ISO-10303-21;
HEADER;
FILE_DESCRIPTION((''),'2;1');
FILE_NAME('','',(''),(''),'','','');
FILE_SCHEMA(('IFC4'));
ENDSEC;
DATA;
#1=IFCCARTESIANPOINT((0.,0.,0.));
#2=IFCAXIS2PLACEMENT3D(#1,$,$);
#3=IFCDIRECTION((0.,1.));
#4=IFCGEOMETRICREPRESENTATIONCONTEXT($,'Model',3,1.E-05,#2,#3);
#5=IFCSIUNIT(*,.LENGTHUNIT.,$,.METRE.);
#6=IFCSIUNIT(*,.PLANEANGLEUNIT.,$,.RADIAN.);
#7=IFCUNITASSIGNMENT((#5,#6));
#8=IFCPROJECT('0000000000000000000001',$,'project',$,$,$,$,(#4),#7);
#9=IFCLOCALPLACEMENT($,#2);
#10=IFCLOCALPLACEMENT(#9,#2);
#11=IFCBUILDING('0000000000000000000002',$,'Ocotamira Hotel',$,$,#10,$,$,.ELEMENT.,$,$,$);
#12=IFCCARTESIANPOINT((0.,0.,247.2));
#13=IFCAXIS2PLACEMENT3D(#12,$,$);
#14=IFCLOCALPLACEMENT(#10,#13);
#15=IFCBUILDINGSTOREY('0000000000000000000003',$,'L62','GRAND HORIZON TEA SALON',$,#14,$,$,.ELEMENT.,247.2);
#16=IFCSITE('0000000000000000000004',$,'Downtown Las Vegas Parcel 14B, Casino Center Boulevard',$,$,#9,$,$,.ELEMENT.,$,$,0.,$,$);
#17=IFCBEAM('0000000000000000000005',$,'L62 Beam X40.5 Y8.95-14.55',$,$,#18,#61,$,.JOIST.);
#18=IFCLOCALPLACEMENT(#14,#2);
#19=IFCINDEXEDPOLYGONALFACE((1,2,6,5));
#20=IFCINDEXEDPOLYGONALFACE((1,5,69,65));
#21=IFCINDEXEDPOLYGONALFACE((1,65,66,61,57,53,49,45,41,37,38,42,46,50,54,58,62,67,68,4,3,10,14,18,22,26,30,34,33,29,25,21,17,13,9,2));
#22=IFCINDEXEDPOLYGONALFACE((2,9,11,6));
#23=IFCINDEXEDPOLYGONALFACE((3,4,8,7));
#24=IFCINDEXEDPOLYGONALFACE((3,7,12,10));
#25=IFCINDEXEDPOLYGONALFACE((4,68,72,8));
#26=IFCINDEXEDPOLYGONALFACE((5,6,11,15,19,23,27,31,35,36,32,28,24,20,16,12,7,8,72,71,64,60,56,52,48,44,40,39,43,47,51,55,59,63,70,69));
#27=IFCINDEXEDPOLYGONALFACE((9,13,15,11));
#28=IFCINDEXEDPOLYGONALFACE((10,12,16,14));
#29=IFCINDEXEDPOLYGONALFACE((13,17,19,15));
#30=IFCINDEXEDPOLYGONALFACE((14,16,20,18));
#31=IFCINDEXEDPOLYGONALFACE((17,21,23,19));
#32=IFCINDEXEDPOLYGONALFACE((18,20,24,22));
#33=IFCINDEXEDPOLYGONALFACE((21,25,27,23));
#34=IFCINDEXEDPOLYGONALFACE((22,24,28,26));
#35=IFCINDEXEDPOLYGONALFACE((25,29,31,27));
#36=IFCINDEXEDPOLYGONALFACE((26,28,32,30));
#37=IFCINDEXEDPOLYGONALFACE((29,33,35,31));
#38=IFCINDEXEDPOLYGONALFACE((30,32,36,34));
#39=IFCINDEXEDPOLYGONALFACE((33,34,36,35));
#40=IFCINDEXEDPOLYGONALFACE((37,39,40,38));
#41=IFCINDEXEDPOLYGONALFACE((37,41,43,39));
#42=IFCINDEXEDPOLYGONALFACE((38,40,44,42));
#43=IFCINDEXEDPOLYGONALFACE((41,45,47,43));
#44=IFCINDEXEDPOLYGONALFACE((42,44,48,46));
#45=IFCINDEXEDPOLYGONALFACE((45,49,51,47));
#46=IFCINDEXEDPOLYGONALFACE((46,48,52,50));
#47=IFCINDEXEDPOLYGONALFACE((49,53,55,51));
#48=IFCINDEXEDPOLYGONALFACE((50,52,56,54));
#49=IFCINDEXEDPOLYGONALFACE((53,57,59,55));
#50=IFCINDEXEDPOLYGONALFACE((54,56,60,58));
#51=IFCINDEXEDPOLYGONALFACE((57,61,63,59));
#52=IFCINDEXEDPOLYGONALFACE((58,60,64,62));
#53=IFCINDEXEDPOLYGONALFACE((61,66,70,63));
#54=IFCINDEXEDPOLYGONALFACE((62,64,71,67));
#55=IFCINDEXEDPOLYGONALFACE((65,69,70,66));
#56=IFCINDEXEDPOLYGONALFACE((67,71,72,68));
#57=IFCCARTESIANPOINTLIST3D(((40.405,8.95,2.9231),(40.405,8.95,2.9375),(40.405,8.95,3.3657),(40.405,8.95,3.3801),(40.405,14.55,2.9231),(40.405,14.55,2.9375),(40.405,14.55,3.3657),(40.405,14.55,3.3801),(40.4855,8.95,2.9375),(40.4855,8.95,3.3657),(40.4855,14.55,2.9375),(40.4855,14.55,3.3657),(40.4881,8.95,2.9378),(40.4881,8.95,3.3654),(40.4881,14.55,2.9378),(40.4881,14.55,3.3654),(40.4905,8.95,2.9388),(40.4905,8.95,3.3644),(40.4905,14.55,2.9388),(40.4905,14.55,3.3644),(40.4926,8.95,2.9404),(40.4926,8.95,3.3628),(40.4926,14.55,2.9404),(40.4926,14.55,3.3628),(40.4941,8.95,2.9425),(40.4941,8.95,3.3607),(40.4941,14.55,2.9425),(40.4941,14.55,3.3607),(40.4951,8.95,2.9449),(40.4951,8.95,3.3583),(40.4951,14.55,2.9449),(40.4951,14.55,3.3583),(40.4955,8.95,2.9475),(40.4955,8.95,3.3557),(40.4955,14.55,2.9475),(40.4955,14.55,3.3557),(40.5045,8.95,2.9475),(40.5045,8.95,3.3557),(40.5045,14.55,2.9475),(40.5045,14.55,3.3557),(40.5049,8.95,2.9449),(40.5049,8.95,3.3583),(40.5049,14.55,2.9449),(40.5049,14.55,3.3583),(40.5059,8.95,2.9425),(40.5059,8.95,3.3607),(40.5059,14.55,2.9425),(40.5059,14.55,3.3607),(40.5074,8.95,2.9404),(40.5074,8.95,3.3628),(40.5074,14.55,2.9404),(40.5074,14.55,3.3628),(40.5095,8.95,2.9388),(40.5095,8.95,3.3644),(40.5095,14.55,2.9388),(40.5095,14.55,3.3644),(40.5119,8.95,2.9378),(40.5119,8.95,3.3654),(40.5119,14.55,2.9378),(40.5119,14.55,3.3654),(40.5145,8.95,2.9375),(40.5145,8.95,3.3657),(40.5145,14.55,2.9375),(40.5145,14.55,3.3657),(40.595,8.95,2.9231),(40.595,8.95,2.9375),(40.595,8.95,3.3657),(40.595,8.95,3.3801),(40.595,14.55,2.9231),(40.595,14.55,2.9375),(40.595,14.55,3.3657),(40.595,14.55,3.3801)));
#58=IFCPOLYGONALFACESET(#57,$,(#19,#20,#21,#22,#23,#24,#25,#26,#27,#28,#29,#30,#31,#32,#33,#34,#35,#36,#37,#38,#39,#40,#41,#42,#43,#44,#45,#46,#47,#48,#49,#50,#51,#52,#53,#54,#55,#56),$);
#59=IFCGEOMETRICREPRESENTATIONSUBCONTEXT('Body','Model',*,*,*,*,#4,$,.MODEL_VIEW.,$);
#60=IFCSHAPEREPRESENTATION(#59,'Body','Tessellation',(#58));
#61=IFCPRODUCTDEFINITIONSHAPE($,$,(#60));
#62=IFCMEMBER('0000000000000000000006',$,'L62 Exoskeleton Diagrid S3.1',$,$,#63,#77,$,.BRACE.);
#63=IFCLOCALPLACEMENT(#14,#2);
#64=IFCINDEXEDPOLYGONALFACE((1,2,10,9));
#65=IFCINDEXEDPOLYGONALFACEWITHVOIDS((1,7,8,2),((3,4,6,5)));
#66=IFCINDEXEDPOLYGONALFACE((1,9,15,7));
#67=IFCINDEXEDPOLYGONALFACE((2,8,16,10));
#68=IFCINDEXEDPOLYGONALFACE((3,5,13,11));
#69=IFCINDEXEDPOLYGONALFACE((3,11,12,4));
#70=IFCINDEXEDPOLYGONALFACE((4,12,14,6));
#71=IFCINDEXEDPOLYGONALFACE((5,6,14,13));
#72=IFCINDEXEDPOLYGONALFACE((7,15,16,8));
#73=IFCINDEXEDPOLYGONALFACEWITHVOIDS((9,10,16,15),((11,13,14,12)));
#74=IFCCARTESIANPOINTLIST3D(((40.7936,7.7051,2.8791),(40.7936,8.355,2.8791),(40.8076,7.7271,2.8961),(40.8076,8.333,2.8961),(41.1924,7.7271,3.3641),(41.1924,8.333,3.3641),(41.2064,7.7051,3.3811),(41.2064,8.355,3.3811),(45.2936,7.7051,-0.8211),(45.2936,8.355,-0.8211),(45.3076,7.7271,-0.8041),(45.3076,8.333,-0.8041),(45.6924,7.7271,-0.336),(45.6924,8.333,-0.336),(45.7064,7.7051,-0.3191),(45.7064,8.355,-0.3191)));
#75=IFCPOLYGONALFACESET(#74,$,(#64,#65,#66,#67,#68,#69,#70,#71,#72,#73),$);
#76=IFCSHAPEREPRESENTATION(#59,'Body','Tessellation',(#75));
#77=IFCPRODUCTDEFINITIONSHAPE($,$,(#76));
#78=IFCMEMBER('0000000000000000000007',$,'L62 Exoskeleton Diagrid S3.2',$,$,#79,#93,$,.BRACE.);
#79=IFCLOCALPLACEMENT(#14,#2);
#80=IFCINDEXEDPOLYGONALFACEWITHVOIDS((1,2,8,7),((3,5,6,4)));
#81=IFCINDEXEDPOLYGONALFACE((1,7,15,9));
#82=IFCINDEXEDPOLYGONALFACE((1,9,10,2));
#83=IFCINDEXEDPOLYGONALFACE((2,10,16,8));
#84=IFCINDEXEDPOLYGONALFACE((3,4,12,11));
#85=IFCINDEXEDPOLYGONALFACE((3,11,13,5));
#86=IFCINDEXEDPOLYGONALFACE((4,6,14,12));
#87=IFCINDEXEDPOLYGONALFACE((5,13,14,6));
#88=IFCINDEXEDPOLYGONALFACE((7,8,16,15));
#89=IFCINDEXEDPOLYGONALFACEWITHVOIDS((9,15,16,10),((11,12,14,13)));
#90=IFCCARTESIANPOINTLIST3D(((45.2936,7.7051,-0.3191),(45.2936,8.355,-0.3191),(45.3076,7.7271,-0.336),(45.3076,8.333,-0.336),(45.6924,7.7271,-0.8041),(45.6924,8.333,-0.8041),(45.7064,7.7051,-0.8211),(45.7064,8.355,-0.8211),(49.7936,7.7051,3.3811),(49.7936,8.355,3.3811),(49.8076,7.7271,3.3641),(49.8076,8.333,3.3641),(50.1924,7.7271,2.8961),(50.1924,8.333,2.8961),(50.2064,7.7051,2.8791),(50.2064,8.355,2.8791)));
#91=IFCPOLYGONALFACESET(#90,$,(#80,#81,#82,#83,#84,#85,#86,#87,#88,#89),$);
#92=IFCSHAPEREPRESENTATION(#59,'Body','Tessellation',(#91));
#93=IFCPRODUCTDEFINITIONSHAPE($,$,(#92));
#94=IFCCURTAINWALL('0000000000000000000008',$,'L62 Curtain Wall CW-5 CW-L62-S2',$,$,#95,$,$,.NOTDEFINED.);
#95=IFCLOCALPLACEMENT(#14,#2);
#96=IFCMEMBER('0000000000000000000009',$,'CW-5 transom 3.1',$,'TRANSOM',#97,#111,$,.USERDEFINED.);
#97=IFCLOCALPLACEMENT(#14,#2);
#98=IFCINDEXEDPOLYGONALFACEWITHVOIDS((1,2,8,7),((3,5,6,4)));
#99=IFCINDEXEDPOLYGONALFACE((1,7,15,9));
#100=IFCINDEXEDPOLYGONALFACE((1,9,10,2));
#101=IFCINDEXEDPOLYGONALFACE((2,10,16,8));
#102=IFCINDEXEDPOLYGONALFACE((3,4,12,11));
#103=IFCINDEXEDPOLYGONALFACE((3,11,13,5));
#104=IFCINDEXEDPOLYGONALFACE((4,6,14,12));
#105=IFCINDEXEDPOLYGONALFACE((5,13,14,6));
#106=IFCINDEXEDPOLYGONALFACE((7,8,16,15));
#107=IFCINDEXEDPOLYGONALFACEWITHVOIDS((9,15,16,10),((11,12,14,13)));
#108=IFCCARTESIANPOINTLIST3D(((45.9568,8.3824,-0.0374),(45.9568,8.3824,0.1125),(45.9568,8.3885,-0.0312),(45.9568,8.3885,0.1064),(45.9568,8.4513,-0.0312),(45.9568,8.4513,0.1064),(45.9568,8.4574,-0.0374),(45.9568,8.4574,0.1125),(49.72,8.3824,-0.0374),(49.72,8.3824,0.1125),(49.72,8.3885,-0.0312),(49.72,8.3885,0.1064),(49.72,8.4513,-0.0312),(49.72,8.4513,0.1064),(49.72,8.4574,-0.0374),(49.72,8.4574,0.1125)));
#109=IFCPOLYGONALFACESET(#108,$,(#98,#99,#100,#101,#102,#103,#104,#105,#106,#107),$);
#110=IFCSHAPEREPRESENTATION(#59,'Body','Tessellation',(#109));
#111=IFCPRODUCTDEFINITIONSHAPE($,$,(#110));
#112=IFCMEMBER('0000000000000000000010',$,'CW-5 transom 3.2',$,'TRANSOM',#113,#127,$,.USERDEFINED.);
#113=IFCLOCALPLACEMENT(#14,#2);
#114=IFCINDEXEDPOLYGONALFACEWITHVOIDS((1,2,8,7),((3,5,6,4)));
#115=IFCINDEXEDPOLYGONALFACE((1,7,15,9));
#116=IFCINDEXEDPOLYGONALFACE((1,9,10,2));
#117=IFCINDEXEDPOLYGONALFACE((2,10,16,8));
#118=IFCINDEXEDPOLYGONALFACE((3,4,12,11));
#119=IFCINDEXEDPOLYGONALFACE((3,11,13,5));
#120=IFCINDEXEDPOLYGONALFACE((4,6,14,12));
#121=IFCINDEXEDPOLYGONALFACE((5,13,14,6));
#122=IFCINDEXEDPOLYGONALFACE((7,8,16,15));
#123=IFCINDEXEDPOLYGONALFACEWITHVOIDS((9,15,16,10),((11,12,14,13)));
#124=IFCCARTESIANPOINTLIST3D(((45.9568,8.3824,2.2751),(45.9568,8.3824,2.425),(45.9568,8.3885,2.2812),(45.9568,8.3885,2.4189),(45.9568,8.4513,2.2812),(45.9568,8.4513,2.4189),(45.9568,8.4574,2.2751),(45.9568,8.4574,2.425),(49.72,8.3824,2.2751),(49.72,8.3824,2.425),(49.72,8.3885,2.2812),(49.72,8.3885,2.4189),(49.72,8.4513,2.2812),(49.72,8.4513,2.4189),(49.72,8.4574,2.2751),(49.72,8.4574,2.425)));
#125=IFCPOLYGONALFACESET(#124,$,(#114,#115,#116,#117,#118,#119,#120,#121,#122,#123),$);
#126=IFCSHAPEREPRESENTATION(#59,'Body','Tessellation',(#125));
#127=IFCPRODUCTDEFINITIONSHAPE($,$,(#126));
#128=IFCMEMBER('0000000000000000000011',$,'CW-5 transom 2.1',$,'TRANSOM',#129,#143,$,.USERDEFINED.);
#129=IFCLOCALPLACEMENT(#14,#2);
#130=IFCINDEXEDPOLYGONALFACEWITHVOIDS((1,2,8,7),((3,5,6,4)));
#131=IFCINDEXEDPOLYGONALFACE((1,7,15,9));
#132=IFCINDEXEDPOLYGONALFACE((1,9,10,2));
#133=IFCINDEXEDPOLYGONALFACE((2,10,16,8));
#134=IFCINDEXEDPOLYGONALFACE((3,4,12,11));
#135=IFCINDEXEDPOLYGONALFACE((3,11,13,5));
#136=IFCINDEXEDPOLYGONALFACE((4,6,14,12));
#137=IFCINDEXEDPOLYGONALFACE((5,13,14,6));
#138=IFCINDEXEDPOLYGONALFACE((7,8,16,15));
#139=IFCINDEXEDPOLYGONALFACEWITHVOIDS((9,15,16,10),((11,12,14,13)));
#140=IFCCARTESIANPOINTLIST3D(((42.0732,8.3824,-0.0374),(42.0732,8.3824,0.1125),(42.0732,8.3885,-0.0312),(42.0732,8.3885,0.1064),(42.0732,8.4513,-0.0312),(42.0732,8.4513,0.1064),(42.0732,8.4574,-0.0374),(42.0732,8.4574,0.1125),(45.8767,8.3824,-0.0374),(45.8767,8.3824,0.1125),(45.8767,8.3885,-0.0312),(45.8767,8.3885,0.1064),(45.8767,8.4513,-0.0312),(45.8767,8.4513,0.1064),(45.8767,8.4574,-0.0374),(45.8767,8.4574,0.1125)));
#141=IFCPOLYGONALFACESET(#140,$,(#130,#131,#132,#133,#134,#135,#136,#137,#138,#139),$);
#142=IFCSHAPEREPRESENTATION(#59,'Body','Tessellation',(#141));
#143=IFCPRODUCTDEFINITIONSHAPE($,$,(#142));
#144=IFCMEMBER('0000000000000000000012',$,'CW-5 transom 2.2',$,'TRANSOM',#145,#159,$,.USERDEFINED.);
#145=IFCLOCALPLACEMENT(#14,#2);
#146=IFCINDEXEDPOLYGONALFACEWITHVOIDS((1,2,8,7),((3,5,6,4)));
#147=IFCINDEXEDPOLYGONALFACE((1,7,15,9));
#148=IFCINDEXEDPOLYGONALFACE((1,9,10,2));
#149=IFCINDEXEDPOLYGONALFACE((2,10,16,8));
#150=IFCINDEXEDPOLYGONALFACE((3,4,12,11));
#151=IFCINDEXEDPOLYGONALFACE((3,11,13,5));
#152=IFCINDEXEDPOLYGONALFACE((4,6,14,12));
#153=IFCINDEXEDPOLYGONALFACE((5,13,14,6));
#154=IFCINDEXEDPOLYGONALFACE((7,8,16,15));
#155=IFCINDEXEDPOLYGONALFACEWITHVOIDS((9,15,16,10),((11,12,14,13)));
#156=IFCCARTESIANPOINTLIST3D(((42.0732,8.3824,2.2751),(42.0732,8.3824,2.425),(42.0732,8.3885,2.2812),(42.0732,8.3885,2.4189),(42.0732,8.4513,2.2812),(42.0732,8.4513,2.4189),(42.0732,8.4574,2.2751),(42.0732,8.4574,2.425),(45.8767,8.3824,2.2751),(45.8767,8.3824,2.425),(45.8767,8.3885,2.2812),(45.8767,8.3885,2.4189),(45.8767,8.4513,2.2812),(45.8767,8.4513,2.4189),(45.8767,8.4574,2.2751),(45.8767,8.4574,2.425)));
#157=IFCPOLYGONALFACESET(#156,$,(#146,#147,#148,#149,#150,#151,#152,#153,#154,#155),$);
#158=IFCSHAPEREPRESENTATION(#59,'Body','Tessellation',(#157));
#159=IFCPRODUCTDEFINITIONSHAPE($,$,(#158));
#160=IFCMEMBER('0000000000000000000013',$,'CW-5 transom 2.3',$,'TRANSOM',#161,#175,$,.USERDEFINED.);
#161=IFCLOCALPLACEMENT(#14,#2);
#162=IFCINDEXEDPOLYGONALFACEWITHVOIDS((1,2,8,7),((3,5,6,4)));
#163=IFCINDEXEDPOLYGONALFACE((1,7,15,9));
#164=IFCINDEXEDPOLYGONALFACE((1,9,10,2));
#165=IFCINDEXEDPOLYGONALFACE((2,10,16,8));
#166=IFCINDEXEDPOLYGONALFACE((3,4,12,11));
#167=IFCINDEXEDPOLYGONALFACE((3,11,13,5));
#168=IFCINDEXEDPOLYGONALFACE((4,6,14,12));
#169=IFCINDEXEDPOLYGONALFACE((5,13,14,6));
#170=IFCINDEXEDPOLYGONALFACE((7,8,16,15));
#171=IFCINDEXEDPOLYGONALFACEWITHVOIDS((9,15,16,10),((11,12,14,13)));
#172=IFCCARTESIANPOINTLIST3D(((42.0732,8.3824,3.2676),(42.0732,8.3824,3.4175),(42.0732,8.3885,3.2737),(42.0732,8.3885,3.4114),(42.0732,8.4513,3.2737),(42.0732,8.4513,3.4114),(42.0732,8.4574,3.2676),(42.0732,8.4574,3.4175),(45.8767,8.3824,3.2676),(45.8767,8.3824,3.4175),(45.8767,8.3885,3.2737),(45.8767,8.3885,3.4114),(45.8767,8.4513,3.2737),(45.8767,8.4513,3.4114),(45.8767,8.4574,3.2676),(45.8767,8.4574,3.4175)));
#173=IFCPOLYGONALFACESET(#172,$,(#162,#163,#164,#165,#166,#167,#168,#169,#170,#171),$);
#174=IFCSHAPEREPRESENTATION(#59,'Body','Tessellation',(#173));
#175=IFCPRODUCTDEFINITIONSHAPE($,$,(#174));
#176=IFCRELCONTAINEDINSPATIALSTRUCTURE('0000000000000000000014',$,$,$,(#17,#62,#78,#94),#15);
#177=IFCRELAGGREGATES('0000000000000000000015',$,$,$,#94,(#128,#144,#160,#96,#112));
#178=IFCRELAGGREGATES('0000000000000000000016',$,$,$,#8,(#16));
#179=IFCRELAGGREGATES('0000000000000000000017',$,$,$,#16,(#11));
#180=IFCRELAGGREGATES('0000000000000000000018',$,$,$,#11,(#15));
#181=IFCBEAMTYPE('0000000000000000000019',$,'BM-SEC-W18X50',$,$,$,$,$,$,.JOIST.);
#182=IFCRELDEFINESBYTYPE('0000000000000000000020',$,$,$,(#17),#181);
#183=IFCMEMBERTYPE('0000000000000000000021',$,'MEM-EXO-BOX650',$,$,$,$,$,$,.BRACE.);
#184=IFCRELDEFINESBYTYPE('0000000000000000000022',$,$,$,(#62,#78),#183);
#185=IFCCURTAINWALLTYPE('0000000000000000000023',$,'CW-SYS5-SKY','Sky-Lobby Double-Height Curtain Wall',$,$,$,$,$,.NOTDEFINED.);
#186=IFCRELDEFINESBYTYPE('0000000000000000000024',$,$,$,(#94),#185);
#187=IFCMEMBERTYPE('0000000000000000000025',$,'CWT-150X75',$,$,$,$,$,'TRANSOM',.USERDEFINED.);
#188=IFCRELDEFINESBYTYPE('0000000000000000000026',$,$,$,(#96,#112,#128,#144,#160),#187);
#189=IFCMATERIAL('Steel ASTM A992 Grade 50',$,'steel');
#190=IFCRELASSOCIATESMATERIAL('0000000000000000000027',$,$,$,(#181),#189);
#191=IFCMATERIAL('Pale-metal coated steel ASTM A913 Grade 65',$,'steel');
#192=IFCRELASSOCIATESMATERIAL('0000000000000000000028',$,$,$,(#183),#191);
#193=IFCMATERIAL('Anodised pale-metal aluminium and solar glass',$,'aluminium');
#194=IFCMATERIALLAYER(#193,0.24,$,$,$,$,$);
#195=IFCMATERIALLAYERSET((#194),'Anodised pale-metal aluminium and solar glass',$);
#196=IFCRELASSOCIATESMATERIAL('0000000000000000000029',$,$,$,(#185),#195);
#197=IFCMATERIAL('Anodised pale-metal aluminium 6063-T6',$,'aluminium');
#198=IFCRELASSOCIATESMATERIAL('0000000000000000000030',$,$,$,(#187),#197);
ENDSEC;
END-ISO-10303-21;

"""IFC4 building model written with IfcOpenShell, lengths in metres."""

from ifc_helpers import new_model, si_unit, direction, frame, origin, origin_2d, place, context, subcontext, project, spatial, hollow_rectangle, i_section, extrude, source, transform, mapped, material, layer, layer_set, material_profile, profile_set, type_object, element, aggregate, save


model = new_model("IFC4")

# Units and contexts
model_context = context("Model", 3, precision=1e-05, world=origin(), true_north=direction((0.0, 1.0)))
body_context = subcontext(model_context, "Body", "Model", "MODEL_VIEW")
ifc_project = project(units=[si_unit("LENGTHUNIT", "METRE"), si_unit("PLANEANGLEUNIT", "RADIAN")], contexts=[model_context])

# Site, building, storey
site_placement = place(None, origin())
site = spatial("IfcSite", under=ifc_project, at=site_placement, Name="Downtown Las Vegas Parcel 14B, Casino Center Boulevard", CompositionType="ELEMENT", RefElevation=0.0)
building_placement = place(site_placement, origin())
building = spatial("IfcBuilding", under=site, at=building_placement, Name="Ocotamira Hotel", CompositionType="ELEMENT")
storey_placement = place(building_placement, frame((0.0, 0.0, 247.2)))
storey = spatial("IfcBuildingStorey", under=building, at=storey_placement, Name="L62", Description="GRAND HORIZON TEA SALON", CompositionType="ELEMENT", Elevation=247.2)

# Shared definitions
ifc_material_1 = material(Name="Steel ASTM A992 Grade 50", Category="steel")

# Beam
ifc_material_profile_1 = material_profile(ifc_material_1, i_section(OverallWidth=0.1899, OverallDepth=0.457, WebThickness=0.009, FlangeThickness=0.0144, FilletRadius=0.01, at=origin_2d()), Name="W18X50")
ifc_profile_set_1 = profile_set([ifc_material_profile_1], Name="Steel ASTM A992 Grade 50")
beam_type_1 = type_object("IfcBeamType", Name="BM-SEC-W18X50", PredefinedType="JOIST", material=ifc_profile_set_1)
shared_shape_1 = source(origin(), body_context, "Body", "SweptSolid", [
    extrude(i_section(OverallWidth=0.1899, OverallDepth=0.457, WebThickness=0.009, FlangeThickness=0.0144, FilletRadius=0.01, at=origin_2d()), origin(), (0.0, 0.0, 1.0), 5.6001),
])
beam_1_placement = place(storey_placement, frame((40.5, 8.95, 3.1516), z_axis=(0.0, 1.0, 0.0), x_axis=(-1.0, 0.0, 0.0)))
element("IfcBeam", 1, at=beam_1_placement, inside=storey, type_object=beam_type_1, Name="L62 Beam X40.5 Y8.95-14.55", PredefinedType="JOIST", context=body_context, shape_type="MappedRepresentation", body=[
    mapped(shared_shape_1, transform((0.0, 0.0, 0.0), scale=1.0)),
])

# Members
ifc_material_2 = material(Name="Pale-metal coated steel ASTM A913 Grade 65", Category="steel")
ifc_material_profile_2 = material_profile(ifc_material_2, hollow_rectangle(XDim=0.6499, YDim=0.6499, WallThickness=0.022, at=origin_2d()), Name="BOX650X650X22")
ifc_profile_set_2 = profile_set([ifc_material_profile_2], Name="Pale-metal coated steel ASTM A913 Grade 65")
member_type_1 = type_object("IfcMemberType", Name="MEM-EXO-BOX650", PredefinedType="BRACE", material=ifc_profile_set_2)
shared_shape_2 = source(origin(), body_context, "Body", "SweptSolid", [
    extrude(hollow_rectangle(XDim=0.6499, YDim=0.6499, WallThickness=0.022, at=origin_2d()), origin(), (0.0, 0.0, 1.0), 5.8259),
])
for number, where, z_axis, x_axis, name in (
    (2, (45.5, 8.03, -0.5701), (-0.772409, 0.0, 0.635125), (0.0, -1.0, 0.0), "L62 Exoskeleton Diagrid S3.1"),
    (3, (45.5, 8.03, -0.5701), (0.772409, 0.0, 0.635125), (0.0, 1.0, 0.0), "L62 Exoskeleton Diagrid S3.2"),
):
    element("IfcMember", number, at=place(storey_placement, frame(where, z_axis=z_axis, x_axis=x_axis)), inside=storey, type_object=member_type_1, Name=name, PredefinedType="BRACE", context=body_context, shape_type="MappedRepresentation", body=[
        mapped(shared_shape_2, transform((0.0, 0.0, 0.0), scale=1.0)),
    ])

# Curtain wall, members
ifc_material_3 = material(Name="Anodised pale-metal aluminium and solar glass", Category="aluminium")
ifc_layer_1 = layer(ifc_material_3, 0.24)
ifc_layer_set_1 = layer_set([ifc_layer_1], Name="Anodised pale-metal aluminium and solar glass")
curtain_wall_type = type_object("IfcCurtainWallType", Name="CW-SYS5-SKY", Description="Sky-Lobby Double-Height Curtain Wall", PredefinedType="NOTDEFINED", material=ifc_layer_set_1)
curtain_wall_placement = place(storey_placement, origin())
curtain_wall = element("IfcCurtainWall", 4, at=curtain_wall_placement, inside=storey, type_object=curtain_wall_type, Name="L62 Curtain Wall CW-5 CW-L62-S2", PredefinedType="NOTDEFINED")
ifc_material_4 = material(Name="Anodised pale-metal aluminium 6063-T6", Category="aluminium")
ifc_material_profile_3 = material_profile(ifc_material_4, hollow_rectangle(XDim=0.075, YDim=0.1499, WallThickness=0.0061, at=origin_2d()), Name="HSS150X75X6")
ifc_profile_set_3 = profile_set([ifc_material_profile_3], Name="Anodised pale-metal aluminium 6063-T6")
member_type_2 = type_object("IfcMemberType", Name="CWT-150X75", ElementType="TRANSOM", PredefinedType="USERDEFINED", material=ifc_profile_set_3)
shared_shape_3 = source(origin(), body_context, "Body", "SweptSolid", [
    extrude(hollow_rectangle(XDim=0.075, YDim=0.1499, WallThickness=0.0061, at=origin_2d()), origin(), (0.0, 0.0, 1.0), 3.7632),
])
member_1_placement = place(storey_placement, frame((45.9568, 8.4199, 0.0376), z_axis=(1.0, 0.0, 0.0), x_axis=(0.0, 1.0, 0.0)))
member_1 = element("IfcMember", 5, at=member_1_placement, type_object=member_type_2, Name="CW-5 transom 3.1", ObjectType="TRANSOM", PredefinedType="USERDEFINED", context=body_context, shape_type="MappedRepresentation", body=[
    mapped(shared_shape_3, transform((0.0, 0.0, 0.0), scale=1.0)),
])
member_2_placement = place(storey_placement, frame((45.9568, 8.4199, 2.3501), z_axis=(1.0, 0.0, 0.0), x_axis=(0.0, 1.0, 0.0)))
member_2 = element("IfcMember", 6, at=member_2_placement, type_object=member_type_2, Name="CW-5 transom 3.2", ObjectType="TRANSOM", PredefinedType="USERDEFINED", context=body_context, shape_type="MappedRepresentation", body=[
    mapped(shared_shape_3, transform((0.0, 0.0, 0.0), scale=1.0)),
])
shared_shape_4 = source(origin(), body_context, "Body", "SweptSolid", [
    extrude(hollow_rectangle(XDim=0.075, YDim=0.1499, WallThickness=0.0061, at=origin_2d()), origin(), (0.0, 0.0, 1.0), 3.8035),
])
member_3_placement = place(storey_placement, frame((42.0732, 8.4199, 0.0376), z_axis=(1.0, 0.0, 0.0), x_axis=(0.0, 1.0, 0.0)))
member_3 = element("IfcMember", 7, at=member_3_placement, type_object=member_type_2, Name="CW-5 transom 2.1", ObjectType="TRANSOM", PredefinedType="USERDEFINED", context=body_context, shape_type="MappedRepresentation", body=[
    mapped(shared_shape_4, transform((0.0, 0.0, 0.0), scale=1.0)),
])
member_4_placement = place(storey_placement, frame((42.0732, 8.4199, 2.3501), z_axis=(1.0, 0.0, 0.0), x_axis=(0.0, 1.0, 0.0)))
member_4 = element("IfcMember", 8, at=member_4_placement, type_object=member_type_2, Name="CW-5 transom 2.2", ObjectType="TRANSOM", PredefinedType="USERDEFINED", context=body_context, shape_type="MappedRepresentation", body=[
    mapped(shared_shape_4, transform((0.0, 0.0, 0.0), scale=1.0)),
])
member_5_placement = place(storey_placement, frame((42.0732, 8.4199, 3.3425), z_axis=(1.0, 0.0, 0.0), x_axis=(0.0, 1.0, 0.0)))
member_5 = element("IfcMember", 9, at=member_5_placement, type_object=member_type_2, Name="CW-5 transom 2.3", ObjectType="TRANSOM", PredefinedType="USERDEFINED", context=body_context, shape_type="MappedRepresentation", body=[
    mapped(shared_shape_4, transform((0.0, 0.0, 0.0), scale=1.0)),
])

aggregate(curtain_wall, [member_3, member_4, member_5, member_1, member_2])

save(model, "model.ifc")
